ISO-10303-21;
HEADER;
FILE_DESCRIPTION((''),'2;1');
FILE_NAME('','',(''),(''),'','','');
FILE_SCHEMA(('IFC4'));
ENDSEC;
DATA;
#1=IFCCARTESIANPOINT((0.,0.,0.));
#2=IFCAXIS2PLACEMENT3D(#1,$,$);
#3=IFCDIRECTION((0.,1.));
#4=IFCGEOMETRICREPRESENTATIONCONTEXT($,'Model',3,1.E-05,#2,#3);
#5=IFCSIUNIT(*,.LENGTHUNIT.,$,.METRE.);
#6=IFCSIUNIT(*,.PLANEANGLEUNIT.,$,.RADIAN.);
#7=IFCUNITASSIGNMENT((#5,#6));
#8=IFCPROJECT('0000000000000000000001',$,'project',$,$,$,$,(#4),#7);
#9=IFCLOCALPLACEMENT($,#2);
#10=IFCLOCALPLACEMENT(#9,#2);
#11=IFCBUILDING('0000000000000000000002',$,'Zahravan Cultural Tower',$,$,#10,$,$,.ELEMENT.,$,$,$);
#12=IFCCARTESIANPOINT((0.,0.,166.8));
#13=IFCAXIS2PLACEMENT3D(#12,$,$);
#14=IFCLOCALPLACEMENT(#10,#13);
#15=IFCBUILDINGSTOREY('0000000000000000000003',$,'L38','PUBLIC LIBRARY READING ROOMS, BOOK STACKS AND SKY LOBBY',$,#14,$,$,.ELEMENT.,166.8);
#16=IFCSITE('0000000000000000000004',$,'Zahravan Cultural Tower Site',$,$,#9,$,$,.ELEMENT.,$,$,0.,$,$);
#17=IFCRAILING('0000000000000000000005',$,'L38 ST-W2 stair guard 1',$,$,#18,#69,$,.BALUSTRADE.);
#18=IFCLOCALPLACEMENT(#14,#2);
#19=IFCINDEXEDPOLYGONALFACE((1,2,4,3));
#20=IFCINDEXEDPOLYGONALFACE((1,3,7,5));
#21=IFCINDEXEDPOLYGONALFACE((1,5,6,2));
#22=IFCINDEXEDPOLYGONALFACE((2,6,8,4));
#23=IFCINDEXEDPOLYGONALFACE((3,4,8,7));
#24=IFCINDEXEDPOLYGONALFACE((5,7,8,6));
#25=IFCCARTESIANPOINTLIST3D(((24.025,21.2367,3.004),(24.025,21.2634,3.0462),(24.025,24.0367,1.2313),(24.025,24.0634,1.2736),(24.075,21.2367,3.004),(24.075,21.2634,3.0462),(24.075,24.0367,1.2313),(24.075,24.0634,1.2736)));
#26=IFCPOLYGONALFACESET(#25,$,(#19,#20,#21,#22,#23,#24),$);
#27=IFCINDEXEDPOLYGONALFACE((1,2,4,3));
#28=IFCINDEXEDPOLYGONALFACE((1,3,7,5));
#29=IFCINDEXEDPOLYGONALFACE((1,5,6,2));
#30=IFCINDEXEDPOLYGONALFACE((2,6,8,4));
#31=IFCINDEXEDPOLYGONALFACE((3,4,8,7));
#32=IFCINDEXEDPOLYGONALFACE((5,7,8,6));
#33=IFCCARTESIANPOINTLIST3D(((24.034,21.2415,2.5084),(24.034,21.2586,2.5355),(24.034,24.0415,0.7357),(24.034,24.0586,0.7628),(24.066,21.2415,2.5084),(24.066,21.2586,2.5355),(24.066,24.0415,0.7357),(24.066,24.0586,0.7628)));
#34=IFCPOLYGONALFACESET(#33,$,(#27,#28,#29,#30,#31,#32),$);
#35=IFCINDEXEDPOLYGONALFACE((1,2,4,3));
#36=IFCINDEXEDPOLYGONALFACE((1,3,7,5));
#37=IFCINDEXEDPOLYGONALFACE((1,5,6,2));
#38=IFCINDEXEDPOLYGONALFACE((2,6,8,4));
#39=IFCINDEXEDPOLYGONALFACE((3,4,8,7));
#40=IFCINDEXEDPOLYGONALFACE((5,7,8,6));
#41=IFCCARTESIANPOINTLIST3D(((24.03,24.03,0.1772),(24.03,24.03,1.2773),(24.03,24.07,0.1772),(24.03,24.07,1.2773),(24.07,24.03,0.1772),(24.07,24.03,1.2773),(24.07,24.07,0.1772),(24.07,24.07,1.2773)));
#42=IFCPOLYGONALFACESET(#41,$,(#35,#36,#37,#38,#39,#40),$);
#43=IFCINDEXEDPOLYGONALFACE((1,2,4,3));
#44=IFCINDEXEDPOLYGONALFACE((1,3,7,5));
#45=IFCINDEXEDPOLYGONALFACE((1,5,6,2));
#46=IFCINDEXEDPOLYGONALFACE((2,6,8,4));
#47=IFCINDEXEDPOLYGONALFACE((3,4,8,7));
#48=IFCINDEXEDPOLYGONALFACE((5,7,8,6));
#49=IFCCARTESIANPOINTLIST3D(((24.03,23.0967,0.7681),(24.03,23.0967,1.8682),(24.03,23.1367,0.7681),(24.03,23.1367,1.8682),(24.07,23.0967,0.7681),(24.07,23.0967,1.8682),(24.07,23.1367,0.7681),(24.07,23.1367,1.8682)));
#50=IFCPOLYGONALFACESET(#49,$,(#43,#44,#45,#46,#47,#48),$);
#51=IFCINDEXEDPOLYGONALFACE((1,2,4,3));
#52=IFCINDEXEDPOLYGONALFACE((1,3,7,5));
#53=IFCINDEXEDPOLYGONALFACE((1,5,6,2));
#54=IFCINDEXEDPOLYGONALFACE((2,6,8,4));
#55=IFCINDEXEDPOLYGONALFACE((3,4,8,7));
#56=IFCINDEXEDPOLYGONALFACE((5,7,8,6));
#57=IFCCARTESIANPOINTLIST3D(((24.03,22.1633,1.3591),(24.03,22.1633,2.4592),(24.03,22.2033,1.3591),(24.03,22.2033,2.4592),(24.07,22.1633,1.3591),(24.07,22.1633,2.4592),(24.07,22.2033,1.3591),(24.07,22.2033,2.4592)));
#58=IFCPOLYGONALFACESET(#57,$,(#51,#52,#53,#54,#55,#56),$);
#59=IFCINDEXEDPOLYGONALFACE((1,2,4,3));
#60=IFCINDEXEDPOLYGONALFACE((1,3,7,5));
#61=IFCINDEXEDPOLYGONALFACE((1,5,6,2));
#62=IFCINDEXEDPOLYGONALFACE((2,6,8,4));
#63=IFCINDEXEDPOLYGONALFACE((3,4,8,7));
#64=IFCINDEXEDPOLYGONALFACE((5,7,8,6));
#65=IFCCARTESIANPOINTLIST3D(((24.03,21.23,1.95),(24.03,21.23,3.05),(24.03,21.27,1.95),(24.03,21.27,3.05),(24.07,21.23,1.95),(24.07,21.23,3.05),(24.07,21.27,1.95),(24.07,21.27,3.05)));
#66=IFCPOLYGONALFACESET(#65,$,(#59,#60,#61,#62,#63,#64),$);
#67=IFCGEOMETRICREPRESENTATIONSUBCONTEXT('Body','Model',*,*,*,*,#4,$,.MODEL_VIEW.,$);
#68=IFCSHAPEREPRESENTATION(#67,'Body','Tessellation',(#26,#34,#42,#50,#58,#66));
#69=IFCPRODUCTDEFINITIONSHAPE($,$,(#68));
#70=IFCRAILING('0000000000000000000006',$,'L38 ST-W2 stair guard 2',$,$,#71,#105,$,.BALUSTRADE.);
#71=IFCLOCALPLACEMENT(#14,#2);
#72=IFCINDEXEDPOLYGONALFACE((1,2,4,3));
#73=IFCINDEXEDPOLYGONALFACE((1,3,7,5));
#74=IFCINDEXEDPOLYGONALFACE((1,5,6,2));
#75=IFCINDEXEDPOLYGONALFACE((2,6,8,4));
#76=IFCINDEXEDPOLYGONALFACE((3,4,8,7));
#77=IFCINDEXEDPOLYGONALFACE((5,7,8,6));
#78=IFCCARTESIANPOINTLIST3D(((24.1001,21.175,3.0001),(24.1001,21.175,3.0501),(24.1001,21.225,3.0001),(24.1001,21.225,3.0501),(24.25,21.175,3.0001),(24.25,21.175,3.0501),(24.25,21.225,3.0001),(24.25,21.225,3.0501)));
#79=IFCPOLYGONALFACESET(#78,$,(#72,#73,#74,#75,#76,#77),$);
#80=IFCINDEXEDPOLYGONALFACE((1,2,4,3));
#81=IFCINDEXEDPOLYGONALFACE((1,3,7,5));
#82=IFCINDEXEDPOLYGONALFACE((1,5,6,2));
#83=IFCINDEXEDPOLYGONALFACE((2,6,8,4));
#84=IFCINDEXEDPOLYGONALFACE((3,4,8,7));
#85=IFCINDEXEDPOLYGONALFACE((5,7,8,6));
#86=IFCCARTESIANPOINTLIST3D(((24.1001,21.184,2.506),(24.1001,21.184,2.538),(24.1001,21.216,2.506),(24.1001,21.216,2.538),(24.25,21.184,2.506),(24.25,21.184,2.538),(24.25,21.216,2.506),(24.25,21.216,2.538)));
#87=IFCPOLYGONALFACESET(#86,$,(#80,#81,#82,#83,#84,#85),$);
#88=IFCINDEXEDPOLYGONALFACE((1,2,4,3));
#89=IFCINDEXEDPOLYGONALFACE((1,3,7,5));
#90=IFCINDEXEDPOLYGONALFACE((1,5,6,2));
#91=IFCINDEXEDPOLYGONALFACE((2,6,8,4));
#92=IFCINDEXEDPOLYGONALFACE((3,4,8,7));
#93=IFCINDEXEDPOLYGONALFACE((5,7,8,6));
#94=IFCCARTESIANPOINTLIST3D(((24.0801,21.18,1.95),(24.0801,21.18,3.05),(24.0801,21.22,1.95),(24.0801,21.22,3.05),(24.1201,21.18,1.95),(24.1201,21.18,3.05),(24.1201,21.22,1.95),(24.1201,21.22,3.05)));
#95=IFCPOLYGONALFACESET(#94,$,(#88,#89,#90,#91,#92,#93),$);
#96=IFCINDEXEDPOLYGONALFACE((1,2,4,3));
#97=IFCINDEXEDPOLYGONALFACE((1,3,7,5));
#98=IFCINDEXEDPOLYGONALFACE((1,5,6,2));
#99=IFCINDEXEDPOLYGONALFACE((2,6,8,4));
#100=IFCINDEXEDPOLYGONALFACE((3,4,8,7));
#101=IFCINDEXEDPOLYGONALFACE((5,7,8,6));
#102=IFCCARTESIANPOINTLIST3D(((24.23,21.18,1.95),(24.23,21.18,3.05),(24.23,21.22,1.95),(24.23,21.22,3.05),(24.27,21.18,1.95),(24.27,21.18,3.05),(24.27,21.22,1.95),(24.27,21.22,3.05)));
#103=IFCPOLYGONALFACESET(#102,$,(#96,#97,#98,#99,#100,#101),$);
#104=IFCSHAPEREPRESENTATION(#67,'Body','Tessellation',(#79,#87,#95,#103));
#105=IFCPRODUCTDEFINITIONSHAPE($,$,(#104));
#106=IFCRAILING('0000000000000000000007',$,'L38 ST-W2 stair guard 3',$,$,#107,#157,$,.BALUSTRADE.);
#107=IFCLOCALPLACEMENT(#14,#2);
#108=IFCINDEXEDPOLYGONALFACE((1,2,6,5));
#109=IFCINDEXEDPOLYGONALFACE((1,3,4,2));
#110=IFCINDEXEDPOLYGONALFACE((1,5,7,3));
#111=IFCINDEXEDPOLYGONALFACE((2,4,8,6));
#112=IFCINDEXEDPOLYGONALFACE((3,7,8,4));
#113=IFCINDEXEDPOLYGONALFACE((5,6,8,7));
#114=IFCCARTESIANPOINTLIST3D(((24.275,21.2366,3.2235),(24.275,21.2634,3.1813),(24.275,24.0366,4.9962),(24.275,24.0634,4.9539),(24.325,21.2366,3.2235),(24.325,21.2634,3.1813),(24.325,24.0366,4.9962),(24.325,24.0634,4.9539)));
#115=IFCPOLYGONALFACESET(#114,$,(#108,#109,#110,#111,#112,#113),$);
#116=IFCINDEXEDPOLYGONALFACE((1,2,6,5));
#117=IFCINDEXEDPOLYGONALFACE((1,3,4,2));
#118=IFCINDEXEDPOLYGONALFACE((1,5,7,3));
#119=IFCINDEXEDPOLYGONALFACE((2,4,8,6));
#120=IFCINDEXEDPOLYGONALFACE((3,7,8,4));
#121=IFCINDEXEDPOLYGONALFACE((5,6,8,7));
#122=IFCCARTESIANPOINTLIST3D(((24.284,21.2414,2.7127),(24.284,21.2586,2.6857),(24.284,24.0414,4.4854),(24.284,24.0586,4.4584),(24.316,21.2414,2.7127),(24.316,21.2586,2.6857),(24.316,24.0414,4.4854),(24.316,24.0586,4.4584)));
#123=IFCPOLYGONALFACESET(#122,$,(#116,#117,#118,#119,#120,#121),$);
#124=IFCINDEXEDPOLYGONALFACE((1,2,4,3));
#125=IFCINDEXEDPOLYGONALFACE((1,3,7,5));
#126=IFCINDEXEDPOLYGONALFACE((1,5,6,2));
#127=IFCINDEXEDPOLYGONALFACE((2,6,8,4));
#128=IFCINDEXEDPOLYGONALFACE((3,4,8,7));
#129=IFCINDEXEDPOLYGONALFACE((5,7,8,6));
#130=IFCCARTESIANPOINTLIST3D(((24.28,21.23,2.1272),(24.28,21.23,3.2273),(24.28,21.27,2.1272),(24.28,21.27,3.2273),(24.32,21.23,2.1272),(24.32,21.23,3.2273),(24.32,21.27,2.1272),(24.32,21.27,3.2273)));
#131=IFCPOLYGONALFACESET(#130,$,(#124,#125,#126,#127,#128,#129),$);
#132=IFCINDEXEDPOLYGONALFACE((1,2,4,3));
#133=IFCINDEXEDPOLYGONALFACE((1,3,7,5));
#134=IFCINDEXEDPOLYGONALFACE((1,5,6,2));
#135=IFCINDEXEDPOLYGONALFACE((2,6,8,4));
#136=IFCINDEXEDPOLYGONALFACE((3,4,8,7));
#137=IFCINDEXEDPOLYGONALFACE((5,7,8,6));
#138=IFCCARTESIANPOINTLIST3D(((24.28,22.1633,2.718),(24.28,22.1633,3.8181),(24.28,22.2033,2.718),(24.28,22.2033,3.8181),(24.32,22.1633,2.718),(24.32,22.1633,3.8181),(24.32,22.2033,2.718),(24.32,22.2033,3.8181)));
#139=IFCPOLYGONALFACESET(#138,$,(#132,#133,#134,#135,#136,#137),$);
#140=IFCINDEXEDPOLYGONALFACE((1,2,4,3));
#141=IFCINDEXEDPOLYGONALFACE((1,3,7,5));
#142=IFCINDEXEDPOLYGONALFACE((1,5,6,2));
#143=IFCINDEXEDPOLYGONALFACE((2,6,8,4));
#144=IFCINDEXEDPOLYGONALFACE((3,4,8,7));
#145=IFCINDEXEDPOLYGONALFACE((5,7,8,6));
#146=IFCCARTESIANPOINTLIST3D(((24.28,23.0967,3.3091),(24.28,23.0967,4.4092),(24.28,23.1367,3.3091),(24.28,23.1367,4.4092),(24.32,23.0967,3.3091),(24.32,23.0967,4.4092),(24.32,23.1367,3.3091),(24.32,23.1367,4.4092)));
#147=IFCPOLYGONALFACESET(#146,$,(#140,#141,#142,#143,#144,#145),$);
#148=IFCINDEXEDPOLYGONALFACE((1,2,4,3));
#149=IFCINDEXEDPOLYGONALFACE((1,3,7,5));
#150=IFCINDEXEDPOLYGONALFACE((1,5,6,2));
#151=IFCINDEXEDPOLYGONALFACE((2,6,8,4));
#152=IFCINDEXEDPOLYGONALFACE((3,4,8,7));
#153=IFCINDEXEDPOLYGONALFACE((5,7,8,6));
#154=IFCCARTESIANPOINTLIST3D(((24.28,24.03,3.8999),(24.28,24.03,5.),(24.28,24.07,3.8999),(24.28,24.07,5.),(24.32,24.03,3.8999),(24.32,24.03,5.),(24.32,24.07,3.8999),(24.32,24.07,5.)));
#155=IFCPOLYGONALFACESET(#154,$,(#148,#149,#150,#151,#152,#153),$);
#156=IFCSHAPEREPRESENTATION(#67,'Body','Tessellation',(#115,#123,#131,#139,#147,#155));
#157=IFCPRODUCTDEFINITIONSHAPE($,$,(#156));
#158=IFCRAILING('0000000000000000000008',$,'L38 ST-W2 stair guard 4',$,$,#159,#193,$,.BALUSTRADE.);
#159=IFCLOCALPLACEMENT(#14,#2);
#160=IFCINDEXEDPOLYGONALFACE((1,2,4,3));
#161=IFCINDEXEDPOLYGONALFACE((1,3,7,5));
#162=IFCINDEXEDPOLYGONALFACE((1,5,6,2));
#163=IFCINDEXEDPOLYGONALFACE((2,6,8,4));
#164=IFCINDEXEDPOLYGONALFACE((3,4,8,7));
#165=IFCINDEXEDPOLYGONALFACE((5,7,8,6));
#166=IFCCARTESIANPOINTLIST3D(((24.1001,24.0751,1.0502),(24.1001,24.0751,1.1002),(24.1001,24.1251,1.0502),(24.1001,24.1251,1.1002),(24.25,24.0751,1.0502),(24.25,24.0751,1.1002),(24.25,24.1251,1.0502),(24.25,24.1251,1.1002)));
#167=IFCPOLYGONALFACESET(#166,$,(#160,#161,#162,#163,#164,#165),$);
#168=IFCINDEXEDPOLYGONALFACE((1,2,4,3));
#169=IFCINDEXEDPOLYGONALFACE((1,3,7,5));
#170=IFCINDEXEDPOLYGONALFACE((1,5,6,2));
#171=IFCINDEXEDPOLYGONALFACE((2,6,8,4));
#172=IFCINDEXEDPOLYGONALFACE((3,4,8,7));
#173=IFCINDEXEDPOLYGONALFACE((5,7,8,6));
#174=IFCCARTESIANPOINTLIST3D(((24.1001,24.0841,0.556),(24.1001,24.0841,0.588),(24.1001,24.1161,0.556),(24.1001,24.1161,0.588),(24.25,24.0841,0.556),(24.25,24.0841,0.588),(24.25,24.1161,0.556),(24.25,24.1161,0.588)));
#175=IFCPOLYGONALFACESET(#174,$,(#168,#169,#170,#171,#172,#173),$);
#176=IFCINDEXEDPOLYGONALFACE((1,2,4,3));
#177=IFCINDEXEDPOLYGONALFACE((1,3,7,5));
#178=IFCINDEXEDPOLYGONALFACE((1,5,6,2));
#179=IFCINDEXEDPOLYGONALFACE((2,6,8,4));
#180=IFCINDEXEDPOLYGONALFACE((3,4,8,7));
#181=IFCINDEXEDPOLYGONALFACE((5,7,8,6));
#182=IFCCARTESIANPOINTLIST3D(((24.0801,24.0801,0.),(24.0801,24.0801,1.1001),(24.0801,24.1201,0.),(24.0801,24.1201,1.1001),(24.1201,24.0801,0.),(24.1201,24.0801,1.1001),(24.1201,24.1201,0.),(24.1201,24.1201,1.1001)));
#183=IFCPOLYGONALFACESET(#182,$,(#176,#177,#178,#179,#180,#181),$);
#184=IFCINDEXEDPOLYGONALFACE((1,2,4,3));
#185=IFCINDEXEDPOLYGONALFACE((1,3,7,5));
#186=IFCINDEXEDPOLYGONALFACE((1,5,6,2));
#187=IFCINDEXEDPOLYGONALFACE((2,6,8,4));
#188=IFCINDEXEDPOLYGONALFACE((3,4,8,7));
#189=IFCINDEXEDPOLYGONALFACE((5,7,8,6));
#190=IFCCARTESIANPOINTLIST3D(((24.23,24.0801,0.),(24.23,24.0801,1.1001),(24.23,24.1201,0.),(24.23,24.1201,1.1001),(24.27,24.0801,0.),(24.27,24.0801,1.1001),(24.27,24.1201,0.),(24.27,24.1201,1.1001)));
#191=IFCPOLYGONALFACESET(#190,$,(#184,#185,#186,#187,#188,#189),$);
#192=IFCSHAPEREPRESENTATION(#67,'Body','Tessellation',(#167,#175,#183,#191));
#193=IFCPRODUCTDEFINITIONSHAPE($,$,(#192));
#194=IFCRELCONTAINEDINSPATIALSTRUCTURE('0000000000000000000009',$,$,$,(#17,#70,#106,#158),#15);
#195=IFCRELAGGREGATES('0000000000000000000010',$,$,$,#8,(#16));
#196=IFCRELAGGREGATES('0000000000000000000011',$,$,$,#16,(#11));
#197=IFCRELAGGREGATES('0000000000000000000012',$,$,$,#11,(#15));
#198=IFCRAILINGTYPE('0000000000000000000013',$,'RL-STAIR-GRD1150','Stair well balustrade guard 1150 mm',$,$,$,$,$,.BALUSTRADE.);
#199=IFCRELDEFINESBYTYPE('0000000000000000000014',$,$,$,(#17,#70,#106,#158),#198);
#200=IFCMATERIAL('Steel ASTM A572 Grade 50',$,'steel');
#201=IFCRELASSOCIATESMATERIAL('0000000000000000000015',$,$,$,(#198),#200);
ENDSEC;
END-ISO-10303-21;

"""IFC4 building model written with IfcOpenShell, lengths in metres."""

from ifc_helpers import new_model, si_unit, direction, frame, origin, origin_2d, place, context, subcontext, project, spatial, rectangle, extrude, material, type_object, element, save


model = new_model("IFC4")

# Units and contexts
model_context = context("Model", 3, precision=1e-05, world=origin(), true_north=direction((0.0, 1.0)))
body_context = subcontext(model_context, "Body", "Model", "MODEL_VIEW")
ifc_project = project(units=[si_unit("LENGTHUNIT", "METRE"), si_unit("PLANEANGLEUNIT", "RADIAN")], contexts=[model_context])

# Site, building, storey
site_placement = place(None, origin())
site = spatial("IfcSite", under=ifc_project, at=site_placement, Name="Zahravan Cultural Tower Site", CompositionType="ELEMENT", RefElevation=0.0)
building_placement = place(site_placement, origin())
building = spatial("IfcBuilding", under=site, at=building_placement, Name="Zahravan Cultural Tower", CompositionType="ELEMENT")
storey_placement = place(building_placement, frame((0.0, 0.0, 166.8)))
storey = spatial("IfcBuildingStorey", under=building, at=storey_placement, Name="L38", Description="PUBLIC LIBRARY READING ROOMS, BOOK STACKS AND SKY LOBBY", CompositionType="ELEMENT", Elevation=166.8)

# Shared definitions
ifc_material_1 = material(Name="Steel ASTM A572 Grade 50", Category="steel")

# Railings
railing_type_1 = type_object("IfcRailingType", Name="RL-STAIR-GRD1150", Description="Stair well balustrade guard 1150 mm", PredefinedType="BALUSTRADE", material=ifc_material_1)
railing_1_placement = place(storey_placement, frame((24.05, 24.05, 0.1772)))
element("IfcRailing", 1, at=railing_1_placement, inside=storey, type_object=railing_type_1, Name="L38 ST-W2 stair guard 1", PredefinedType="BALUSTRADE", context=body_context, shape_type="SweptSolid", body=[
    extrude(rectangle(XDim=0.05, YDim=0.05, at=origin_2d()), frame((0.0, 0.0, 1.0752), z_axis=(0.0, -0.844909, 0.53491), x_axis=(1.0, 0.0, 0.0)), (0.0, 0.0, 1.0), 3.314),
    extrude(rectangle(XDim=0.032, YDim=0.032, at=origin_2d()), frame((0.0, 0.0, 0.572), z_axis=(0.0, -0.844909, 0.53491), x_axis=(1.0, 0.0, 0.0)), (0.0, 0.0, 1.0), 3.314),
    extrude(rectangle(XDim=0.04, YDim=0.04, at=origin_2d()), origin(), (0.0, 0.0, 1.0), 1.1001),
    extrude(rectangle(XDim=0.04, YDim=0.04, at=origin_2d()), frame((0.0, -0.9333, 0.5908)), (0.0, 0.0, 1.0), 1.1001),
    extrude(rectangle(XDim=0.04, YDim=0.04, at=origin_2d()), frame((0.0, -1.8667, 1.1819)), (0.0, 0.0, 1.0), 1.1001),
    extrude(rectangle(XDim=0.04, YDim=0.04, at=origin_2d()), frame((0.0, -2.8, 1.7727)), (0.0, 0.0, 1.0), 1.1001),
])
railing_2_placement = place(storey_placement, frame((24.1001, 21.2, 1.95)))
element("IfcRailing", 2, at=railing_2_placement, inside=storey, type_object=railing_type_1, Name="L38 ST-W2 stair guard 2", PredefinedType="BALUSTRADE", context=body_context, shape_type="SweptSolid", body=[
    extrude(rectangle(XDim=0.05, YDim=0.05, at=origin_2d()), frame((0.0, 0.0, 1.0752), z_axis=(1.0, 0.0, 0.0), x_axis=(0.0, 1.0, 0.0)), (0.0, 0.0, 1.0), 0.1499),
    extrude(rectangle(XDim=0.032, YDim=0.032, at=origin_2d()), frame((0.0, 0.0, 0.572), z_axis=(1.0, 0.0, 0.0), x_axis=(0.0, 1.0, 0.0)), (0.0, 0.0, 1.0), 0.1499),
    extrude(rectangle(XDim=0.04, YDim=0.04, at=origin_2d()), origin(), (0.0, 0.0, 1.0), 1.1001),
    extrude(rectangle(XDim=0.04, YDim=0.04, at=origin_2d()), frame((0.1499, 0.0, 0.0)), (0.0, 0.0, 1.0), 1.1001),
])
railing_3_placement = place(storey_placement, frame((24.3, 21.25, 2.1272)))
element("IfcRailing", 3, at=railing_3_placement, inside=storey, type_object=railing_type_1, Name="L38 ST-W2 stair guard 3", PredefinedType="BALUSTRADE", context=body_context, shape_type="SweptSolid", body=[
    extrude(rectangle(XDim=0.05, YDim=0.05, at=origin_2d()), frame((0.0, 0.0, 1.0752), z_axis=(0.0, 0.844909, 0.53491), x_axis=(-1.0, 0.0, 0.0)), (0.0, 0.0, 1.0), 3.314),
    extrude(rectangle(XDim=0.032, YDim=0.032, at=origin_2d()), frame((0.0, 0.0, 0.572), z_axis=(0.0, 0.844909, 0.53491), x_axis=(-1.0, 0.0, 0.0)), (0.0, 0.0, 1.0), 3.314),
    extrude(rectangle(XDim=0.04, YDim=0.04, at=origin_2d()), origin(), (0.0, 0.0, 1.0), 1.1001),
    extrude(rectangle(XDim=0.04, YDim=0.04, at=origin_2d()), frame((0.0, 0.9333, 0.5908)), (0.0, 0.0, 1.0), 1.1001),
    extrude(rectangle(XDim=0.04, YDim=0.04, at=origin_2d()), frame((0.0, 1.8667, 1.1819)), (0.0, 0.0, 1.0), 1.1001),
    extrude(rectangle(XDim=0.04, YDim=0.04, at=origin_2d()), frame((0.0, 2.8, 1.7727)), (0.0, 0.0, 1.0), 1.1001),
])
railing_4_placement = place(storey_placement, frame((24.1001, 24.1001, 0.0)))
element("IfcRailing", 4, at=railing_4_placement, inside=storey, type_object=railing_type_1, Name="L38 ST-W2 stair guard 4", PredefinedType="BALUSTRADE", context=body_context, shape_type="SweptSolid", body=[
    extrude(rectangle(XDim=0.05, YDim=0.05, at=origin_2d()), frame((0.0, 0.0, 1.0752), z_axis=(1.0, 0.0, 0.0), x_axis=(0.0, 1.0, 0.0)), (0.0, 0.0, 1.0), 0.1499),
    extrude(rectangle(XDim=0.032, YDim=0.032, at=origin_2d()), frame((0.0, 0.0, 0.572), z_axis=(1.0, 0.0, 0.0), x_axis=(0.0, 1.0, 0.0)), (0.0, 0.0, 1.0), 0.1499),
    extrude(rectangle(XDim=0.04, YDim=0.04, at=origin_2d()), origin(), (0.0, 0.0, 1.0), 1.1001),
    extrude(rectangle(XDim=0.04, YDim=0.04, at=origin_2d()), frame((0.1499, 0.0, 0.0)), (0.0, 0.0, 1.0), 1.1001),
])

save(model, "model.ifc")
